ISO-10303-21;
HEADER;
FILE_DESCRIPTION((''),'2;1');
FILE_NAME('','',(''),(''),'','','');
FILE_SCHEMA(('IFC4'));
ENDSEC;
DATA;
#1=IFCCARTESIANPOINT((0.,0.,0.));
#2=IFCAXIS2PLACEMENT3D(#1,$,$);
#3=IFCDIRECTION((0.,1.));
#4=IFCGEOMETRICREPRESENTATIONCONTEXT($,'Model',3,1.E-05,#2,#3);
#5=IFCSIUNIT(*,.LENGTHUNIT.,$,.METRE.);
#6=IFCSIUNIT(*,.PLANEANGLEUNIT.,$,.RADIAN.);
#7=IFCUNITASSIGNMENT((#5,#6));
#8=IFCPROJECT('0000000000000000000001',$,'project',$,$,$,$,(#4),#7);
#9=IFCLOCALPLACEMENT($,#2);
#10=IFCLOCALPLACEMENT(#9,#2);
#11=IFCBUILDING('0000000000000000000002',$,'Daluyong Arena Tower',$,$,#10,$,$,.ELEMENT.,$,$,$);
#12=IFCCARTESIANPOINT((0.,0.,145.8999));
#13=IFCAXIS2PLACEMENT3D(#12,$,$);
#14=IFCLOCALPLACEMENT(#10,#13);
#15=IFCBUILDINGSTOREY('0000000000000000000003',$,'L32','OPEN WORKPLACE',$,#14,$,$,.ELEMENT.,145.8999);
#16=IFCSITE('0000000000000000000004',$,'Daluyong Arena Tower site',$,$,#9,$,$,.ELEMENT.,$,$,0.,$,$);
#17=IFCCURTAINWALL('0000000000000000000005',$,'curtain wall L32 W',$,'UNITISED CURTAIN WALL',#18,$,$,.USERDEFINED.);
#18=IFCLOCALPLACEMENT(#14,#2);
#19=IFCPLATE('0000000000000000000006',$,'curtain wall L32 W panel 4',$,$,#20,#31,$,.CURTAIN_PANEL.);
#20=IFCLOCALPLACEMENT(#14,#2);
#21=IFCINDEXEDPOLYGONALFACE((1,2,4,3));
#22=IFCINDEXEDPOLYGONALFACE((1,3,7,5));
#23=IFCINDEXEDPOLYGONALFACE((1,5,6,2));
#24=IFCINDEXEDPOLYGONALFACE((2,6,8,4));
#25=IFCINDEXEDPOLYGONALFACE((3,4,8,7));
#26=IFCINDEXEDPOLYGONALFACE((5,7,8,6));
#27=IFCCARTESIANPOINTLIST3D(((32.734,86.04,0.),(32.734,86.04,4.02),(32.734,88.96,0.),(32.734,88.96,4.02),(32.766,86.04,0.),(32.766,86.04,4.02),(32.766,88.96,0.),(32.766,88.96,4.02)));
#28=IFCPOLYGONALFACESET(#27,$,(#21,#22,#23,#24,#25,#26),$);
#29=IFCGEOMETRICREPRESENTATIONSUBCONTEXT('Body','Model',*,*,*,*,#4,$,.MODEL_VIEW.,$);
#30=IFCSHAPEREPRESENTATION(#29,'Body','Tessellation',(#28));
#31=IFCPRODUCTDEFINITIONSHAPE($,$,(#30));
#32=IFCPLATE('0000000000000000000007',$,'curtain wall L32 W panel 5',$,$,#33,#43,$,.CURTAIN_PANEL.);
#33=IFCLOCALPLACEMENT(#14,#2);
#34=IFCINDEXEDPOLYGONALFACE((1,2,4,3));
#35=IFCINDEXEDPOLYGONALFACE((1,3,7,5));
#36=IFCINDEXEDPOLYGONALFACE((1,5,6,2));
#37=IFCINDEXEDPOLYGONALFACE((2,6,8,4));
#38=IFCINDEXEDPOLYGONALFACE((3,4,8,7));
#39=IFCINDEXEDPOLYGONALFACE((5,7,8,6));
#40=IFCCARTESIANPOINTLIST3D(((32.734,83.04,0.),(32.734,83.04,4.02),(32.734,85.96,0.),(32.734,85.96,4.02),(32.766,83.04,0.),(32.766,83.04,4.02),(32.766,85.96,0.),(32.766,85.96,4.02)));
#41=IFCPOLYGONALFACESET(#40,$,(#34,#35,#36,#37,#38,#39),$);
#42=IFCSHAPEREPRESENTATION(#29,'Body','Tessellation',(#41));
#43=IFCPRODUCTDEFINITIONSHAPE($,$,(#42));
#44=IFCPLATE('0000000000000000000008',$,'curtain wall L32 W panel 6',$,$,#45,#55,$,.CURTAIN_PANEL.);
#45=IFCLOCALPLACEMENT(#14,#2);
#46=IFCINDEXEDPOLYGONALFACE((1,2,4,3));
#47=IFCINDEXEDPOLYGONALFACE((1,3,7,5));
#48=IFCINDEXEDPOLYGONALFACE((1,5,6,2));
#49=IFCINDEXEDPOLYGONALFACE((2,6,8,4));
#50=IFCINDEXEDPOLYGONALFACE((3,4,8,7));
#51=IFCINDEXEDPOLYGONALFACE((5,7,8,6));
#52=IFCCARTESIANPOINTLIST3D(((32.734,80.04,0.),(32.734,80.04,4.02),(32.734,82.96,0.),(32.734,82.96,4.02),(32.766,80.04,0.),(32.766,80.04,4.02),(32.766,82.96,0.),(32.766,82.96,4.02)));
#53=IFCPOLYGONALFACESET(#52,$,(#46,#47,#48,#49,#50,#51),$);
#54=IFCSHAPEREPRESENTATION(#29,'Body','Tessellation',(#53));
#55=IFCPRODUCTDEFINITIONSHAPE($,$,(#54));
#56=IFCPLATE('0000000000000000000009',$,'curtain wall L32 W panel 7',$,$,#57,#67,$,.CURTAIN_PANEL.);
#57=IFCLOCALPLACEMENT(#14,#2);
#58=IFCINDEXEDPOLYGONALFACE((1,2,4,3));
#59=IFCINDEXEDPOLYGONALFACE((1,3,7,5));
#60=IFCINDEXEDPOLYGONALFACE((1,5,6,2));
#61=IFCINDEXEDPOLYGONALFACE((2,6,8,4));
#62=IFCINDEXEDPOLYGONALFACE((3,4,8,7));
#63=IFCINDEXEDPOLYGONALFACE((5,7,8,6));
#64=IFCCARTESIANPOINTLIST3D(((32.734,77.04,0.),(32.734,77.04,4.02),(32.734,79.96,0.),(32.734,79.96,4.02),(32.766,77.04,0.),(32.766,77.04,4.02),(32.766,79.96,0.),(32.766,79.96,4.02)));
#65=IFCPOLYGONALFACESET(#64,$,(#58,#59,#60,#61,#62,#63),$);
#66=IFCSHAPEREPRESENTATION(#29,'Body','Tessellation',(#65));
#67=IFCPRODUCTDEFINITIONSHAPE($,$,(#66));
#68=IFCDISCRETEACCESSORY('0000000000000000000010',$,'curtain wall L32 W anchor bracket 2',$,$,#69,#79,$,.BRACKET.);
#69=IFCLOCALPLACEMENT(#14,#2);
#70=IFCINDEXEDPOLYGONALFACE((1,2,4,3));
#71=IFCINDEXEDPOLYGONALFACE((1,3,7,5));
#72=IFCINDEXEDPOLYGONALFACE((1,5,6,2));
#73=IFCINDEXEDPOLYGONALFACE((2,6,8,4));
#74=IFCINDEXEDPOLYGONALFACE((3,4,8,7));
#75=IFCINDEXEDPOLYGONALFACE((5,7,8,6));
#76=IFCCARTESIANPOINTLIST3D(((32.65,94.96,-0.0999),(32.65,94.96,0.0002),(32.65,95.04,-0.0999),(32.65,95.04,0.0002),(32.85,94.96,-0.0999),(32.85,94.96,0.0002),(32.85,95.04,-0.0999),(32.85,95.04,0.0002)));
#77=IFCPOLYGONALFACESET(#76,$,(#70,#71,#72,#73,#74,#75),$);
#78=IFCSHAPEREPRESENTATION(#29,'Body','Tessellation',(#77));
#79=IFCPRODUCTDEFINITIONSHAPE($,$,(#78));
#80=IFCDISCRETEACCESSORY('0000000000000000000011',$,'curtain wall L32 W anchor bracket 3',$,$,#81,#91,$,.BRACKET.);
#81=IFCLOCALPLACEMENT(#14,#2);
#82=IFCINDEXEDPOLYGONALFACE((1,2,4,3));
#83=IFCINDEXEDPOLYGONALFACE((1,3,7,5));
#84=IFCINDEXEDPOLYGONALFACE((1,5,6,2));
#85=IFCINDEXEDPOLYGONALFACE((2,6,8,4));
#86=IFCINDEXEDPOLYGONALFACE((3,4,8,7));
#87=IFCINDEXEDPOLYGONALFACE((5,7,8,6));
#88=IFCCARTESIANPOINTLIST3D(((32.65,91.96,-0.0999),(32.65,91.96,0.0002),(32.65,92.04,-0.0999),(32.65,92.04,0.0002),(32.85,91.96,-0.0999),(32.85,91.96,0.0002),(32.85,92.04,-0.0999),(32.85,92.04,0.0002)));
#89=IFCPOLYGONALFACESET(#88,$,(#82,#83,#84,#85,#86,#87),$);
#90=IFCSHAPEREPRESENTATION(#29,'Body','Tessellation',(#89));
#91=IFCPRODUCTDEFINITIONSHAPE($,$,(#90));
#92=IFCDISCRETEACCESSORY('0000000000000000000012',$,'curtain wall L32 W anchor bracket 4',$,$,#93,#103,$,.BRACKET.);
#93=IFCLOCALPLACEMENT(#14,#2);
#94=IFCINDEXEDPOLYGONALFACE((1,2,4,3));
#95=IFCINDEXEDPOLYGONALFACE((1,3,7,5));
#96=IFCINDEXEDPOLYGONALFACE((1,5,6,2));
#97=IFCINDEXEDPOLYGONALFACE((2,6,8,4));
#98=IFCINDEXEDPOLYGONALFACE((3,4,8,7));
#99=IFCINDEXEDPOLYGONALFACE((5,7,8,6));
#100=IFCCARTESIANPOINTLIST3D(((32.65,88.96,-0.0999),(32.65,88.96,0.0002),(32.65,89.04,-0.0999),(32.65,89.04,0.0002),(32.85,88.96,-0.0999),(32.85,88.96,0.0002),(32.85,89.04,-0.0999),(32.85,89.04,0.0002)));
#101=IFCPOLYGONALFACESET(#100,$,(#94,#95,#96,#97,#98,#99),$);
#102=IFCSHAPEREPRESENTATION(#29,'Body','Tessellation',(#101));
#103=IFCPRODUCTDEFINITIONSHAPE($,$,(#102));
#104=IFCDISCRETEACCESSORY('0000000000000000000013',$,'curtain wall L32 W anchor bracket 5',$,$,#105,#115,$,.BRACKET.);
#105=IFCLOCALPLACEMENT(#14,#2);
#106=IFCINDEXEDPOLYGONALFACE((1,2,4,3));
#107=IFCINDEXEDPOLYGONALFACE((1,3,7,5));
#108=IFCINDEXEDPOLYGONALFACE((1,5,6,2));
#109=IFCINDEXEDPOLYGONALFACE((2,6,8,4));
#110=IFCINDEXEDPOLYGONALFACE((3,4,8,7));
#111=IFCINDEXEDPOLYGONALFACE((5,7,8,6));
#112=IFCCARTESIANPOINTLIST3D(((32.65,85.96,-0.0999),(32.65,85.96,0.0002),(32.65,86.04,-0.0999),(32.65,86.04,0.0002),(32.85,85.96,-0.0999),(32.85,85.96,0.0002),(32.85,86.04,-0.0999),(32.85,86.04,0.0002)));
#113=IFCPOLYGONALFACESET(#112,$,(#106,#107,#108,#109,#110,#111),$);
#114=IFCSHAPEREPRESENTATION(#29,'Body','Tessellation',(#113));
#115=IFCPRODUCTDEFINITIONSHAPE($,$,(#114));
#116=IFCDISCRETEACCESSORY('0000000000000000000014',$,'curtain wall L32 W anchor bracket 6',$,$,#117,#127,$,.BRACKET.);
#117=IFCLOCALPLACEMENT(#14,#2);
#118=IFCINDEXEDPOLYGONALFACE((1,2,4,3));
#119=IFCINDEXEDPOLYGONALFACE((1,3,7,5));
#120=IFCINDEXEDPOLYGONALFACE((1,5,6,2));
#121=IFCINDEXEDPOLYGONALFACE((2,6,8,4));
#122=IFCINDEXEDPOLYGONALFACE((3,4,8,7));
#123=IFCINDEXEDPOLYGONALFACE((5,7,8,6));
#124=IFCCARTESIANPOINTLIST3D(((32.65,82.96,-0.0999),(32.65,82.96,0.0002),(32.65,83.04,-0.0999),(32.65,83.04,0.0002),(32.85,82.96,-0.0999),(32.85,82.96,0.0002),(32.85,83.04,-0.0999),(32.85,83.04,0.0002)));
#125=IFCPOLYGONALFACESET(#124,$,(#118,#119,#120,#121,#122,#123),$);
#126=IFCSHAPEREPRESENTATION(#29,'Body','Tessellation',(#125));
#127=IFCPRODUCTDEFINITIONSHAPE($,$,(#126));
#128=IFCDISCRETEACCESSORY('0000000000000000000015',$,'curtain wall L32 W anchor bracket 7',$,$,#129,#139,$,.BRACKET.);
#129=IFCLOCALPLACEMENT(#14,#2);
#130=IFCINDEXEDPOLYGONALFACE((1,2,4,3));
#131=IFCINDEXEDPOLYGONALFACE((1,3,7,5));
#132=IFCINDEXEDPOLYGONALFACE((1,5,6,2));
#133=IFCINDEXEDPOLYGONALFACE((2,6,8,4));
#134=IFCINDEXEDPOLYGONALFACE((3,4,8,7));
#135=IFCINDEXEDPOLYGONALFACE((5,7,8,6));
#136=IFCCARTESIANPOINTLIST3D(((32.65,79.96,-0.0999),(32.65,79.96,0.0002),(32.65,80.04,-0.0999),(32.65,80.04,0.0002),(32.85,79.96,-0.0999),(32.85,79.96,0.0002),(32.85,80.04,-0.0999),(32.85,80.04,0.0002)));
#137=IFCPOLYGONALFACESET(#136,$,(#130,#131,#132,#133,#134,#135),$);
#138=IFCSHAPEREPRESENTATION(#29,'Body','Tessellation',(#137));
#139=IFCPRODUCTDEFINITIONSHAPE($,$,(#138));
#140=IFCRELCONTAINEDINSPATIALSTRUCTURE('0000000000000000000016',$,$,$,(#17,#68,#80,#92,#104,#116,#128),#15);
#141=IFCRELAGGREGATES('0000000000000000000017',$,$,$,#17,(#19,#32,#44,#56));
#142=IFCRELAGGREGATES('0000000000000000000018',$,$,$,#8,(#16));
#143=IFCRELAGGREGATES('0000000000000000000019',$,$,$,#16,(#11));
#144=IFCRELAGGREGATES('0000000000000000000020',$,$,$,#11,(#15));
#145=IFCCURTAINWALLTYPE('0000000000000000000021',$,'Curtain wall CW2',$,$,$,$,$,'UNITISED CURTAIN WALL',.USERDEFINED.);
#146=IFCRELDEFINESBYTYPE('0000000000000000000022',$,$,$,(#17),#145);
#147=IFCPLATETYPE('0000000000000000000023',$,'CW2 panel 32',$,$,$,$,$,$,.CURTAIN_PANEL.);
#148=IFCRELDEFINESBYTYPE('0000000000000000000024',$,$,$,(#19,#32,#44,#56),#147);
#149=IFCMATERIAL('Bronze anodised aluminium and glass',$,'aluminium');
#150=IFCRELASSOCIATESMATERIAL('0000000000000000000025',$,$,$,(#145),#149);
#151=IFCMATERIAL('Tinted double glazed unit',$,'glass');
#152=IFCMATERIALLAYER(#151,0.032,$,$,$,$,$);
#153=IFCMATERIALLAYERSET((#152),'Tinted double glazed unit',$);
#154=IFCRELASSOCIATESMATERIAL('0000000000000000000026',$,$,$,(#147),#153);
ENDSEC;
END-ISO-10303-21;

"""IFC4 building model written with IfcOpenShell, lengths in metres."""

from ifc_helpers import new_model, si_unit, direction, frame, origin, origin_2d, place, context, subcontext, project, spatial, rectangle, extrude, material, layer, layer_set, type_object, element, aggregate, save


model = new_model("IFC4")

# Units and contexts
model_context = context("Model", 3, precision=1e-05, world=origin(), true_north=direction((0.0, 1.0)))
body_context = subcontext(model_context, "Body", "Model", "MODEL_VIEW")
ifc_project = project(units=[si_unit("LENGTHUNIT", "METRE"), si_unit("PLANEANGLEUNIT", "RADIAN")], contexts=[model_context])

# Site, building, storey
site_placement = place(None, origin())
site = spatial("IfcSite", under=ifc_project, at=site_placement, Name="Daluyong Arena Tower site", CompositionType="ELEMENT", RefElevation=0.0)
building_placement = place(site_placement, origin())
building = spatial("IfcBuilding", under=site, at=building_placement, Name="Daluyong Arena Tower", CompositionType="ELEMENT")
storey_placement = place(building_placement, frame((0.0, 0.0, 145.8999)))
storey = spatial("IfcBuildingStorey", under=building, at=storey_placement, Name="L32", Description="OPEN WORKPLACE", CompositionType="ELEMENT", Elevation=145.8999)

# Curtain wall
ifc_material_1 = material(Name="Bronze anodised aluminium and glass", Category="aluminium")
curtain_wall_type = type_object("IfcCurtainWallType", Name="Curtain wall CW2", ElementType="UNITISED CURTAIN WALL", PredefinedType="USERDEFINED", material=ifc_material_1)
curtain_wall_placement = place(storey_placement, origin())
curtain_wall = element("IfcCurtainWall", 1, at=curtain_wall_placement, inside=storey, type_object=curtain_wall_type, Name="curtain wall L32 W", ObjectType="UNITISED CURTAIN WALL", PredefinedType="USERDEFINED")

# Plates
ifc_material_2 = material(Name="Tinted double glazed unit", Category="glass")
ifc_layer = layer(ifc_material_2, 0.032)
ifc_layer_set = layer_set([ifc_layer], Name="Tinted double glazed unit")
plate_type = type_object("IfcPlateType", Name="CW2 panel 32", PredefinedType="CURTAIN_PANEL", material=ifc_layer_set)
plate_1_placement = place(storey_placement, frame((32.75, 87.5, 0.0), z_axis=(0.0, 0.0, 1.0), x_axis=(0.0, -1.0, 0.0)))
plate_1 = element("IfcPlate", 2, at=plate_1_placement, type_object=plate_type, Name="curtain wall L32 W panel 4", PredefinedType="CURTAIN_PANEL", context=body_context, shape_type="SweptSolid", body=[
    extrude(rectangle(XDim=2.9199, YDim=0.032, at=origin_2d()), origin(), (0.0, 0.0, 1.0), 4.02),
])
plate_2_placement = place(storey_placement, frame((32.75, 84.5, 0.0), z_axis=(0.0, 0.0, 1.0), x_axis=(0.0, -1.0, 0.0)))
plate_2 = element("IfcPlate", 3, at=plate_2_placement, type_object=plate_type, Name="curtain wall L32 W panel 5", PredefinedType="CURTAIN_PANEL", context=body_context, shape_type="SweptSolid", body=[
    extrude(rectangle(XDim=2.9199, YDim=0.032, at=origin_2d()), origin(), (0.0, 0.0, 1.0), 4.02),
])
plate_3_placement = place(storey_placement, frame((32.75, 81.5, 0.0), z_axis=(0.0, 0.0, 1.0), x_axis=(0.0, -1.0, 0.0)))
plate_3 = element("IfcPlate", 4, at=plate_3_placement, type_object=plate_type, Name="curtain wall L32 W panel 6", PredefinedType="CURTAIN_PANEL", context=body_context, shape_type="SweptSolid", body=[
    extrude(rectangle(XDim=2.9199, YDim=0.032, at=origin_2d()), origin(), (0.0, 0.0, 1.0), 4.02),
])
plate_4_placement = place(storey_placement, frame((32.75, 78.5, 0.0), z_axis=(0.0, 0.0, 1.0), x_axis=(0.0, -1.0, 0.0)))
plate_4 = element("IfcPlate", 5, at=plate_4_placement, type_object=plate_type, Name="curtain wall L32 W panel 7", PredefinedType="CURTAIN_PANEL", context=body_context, shape_type="SweptSolid", body=[
    extrude(rectangle(XDim=2.9199, YDim=0.032, at=origin_2d()), origin(), (0.0, 0.0, 1.0), 4.02),
])
aggregate(curtain_wall, [plate_1, plate_2, plate_3, plate_4])

# Discrete accessories
for number, where, z_axis, x_axis, name in (
    (6, (32.75, 95.0, -0.0999), (0.0, 0.0, 1.0), (0.0, -1.0, 0.0), "curtain wall L32 W anchor bracket 2"),
    (7, (32.75, 92.0, -0.0999), (0.0, 0.0, 1.0), (0.0, -1.0, 0.0), "curtain wall L32 W anchor bracket 3"),
    (8, (32.75, 89.0, -0.0999), (0.0, 0.0, 1.0), (0.0, -1.0, 0.0), "curtain wall L32 W anchor bracket 4"),
    (9, (32.75, 86.0, -0.0999), (0.0, 0.0, 1.0), (0.0, -1.0, 0.0), "curtain wall L32 W anchor bracket 5"),
    (10, (32.75, 83.0, -0.0999), (0.0, 0.0, 1.0), (0.0, -1.0, 0.0), "curtain wall L32 W anchor bracket 6"),
    (11, (32.75, 80.0, -0.0999), (0.0, 0.0, 1.0), (0.0, -1.0, 0.0), "curtain wall L32 W anchor bracket 7"),
):
    element("IfcDiscreteAccessory", number, at=place(storey_placement, frame(where, z_axis=z_axis, x_axis=x_axis)), inside=storey, Name=name, PredefinedType="BRACKET", context=body_context, shape_type="SweptSolid", body=[
        extrude(rectangle(XDim=0.0801, YDim=0.2, at=origin_2d()), origin(), (0.0, 0.0, 1.0), 0.1001),
    ])

save(model, "model.ifc")
